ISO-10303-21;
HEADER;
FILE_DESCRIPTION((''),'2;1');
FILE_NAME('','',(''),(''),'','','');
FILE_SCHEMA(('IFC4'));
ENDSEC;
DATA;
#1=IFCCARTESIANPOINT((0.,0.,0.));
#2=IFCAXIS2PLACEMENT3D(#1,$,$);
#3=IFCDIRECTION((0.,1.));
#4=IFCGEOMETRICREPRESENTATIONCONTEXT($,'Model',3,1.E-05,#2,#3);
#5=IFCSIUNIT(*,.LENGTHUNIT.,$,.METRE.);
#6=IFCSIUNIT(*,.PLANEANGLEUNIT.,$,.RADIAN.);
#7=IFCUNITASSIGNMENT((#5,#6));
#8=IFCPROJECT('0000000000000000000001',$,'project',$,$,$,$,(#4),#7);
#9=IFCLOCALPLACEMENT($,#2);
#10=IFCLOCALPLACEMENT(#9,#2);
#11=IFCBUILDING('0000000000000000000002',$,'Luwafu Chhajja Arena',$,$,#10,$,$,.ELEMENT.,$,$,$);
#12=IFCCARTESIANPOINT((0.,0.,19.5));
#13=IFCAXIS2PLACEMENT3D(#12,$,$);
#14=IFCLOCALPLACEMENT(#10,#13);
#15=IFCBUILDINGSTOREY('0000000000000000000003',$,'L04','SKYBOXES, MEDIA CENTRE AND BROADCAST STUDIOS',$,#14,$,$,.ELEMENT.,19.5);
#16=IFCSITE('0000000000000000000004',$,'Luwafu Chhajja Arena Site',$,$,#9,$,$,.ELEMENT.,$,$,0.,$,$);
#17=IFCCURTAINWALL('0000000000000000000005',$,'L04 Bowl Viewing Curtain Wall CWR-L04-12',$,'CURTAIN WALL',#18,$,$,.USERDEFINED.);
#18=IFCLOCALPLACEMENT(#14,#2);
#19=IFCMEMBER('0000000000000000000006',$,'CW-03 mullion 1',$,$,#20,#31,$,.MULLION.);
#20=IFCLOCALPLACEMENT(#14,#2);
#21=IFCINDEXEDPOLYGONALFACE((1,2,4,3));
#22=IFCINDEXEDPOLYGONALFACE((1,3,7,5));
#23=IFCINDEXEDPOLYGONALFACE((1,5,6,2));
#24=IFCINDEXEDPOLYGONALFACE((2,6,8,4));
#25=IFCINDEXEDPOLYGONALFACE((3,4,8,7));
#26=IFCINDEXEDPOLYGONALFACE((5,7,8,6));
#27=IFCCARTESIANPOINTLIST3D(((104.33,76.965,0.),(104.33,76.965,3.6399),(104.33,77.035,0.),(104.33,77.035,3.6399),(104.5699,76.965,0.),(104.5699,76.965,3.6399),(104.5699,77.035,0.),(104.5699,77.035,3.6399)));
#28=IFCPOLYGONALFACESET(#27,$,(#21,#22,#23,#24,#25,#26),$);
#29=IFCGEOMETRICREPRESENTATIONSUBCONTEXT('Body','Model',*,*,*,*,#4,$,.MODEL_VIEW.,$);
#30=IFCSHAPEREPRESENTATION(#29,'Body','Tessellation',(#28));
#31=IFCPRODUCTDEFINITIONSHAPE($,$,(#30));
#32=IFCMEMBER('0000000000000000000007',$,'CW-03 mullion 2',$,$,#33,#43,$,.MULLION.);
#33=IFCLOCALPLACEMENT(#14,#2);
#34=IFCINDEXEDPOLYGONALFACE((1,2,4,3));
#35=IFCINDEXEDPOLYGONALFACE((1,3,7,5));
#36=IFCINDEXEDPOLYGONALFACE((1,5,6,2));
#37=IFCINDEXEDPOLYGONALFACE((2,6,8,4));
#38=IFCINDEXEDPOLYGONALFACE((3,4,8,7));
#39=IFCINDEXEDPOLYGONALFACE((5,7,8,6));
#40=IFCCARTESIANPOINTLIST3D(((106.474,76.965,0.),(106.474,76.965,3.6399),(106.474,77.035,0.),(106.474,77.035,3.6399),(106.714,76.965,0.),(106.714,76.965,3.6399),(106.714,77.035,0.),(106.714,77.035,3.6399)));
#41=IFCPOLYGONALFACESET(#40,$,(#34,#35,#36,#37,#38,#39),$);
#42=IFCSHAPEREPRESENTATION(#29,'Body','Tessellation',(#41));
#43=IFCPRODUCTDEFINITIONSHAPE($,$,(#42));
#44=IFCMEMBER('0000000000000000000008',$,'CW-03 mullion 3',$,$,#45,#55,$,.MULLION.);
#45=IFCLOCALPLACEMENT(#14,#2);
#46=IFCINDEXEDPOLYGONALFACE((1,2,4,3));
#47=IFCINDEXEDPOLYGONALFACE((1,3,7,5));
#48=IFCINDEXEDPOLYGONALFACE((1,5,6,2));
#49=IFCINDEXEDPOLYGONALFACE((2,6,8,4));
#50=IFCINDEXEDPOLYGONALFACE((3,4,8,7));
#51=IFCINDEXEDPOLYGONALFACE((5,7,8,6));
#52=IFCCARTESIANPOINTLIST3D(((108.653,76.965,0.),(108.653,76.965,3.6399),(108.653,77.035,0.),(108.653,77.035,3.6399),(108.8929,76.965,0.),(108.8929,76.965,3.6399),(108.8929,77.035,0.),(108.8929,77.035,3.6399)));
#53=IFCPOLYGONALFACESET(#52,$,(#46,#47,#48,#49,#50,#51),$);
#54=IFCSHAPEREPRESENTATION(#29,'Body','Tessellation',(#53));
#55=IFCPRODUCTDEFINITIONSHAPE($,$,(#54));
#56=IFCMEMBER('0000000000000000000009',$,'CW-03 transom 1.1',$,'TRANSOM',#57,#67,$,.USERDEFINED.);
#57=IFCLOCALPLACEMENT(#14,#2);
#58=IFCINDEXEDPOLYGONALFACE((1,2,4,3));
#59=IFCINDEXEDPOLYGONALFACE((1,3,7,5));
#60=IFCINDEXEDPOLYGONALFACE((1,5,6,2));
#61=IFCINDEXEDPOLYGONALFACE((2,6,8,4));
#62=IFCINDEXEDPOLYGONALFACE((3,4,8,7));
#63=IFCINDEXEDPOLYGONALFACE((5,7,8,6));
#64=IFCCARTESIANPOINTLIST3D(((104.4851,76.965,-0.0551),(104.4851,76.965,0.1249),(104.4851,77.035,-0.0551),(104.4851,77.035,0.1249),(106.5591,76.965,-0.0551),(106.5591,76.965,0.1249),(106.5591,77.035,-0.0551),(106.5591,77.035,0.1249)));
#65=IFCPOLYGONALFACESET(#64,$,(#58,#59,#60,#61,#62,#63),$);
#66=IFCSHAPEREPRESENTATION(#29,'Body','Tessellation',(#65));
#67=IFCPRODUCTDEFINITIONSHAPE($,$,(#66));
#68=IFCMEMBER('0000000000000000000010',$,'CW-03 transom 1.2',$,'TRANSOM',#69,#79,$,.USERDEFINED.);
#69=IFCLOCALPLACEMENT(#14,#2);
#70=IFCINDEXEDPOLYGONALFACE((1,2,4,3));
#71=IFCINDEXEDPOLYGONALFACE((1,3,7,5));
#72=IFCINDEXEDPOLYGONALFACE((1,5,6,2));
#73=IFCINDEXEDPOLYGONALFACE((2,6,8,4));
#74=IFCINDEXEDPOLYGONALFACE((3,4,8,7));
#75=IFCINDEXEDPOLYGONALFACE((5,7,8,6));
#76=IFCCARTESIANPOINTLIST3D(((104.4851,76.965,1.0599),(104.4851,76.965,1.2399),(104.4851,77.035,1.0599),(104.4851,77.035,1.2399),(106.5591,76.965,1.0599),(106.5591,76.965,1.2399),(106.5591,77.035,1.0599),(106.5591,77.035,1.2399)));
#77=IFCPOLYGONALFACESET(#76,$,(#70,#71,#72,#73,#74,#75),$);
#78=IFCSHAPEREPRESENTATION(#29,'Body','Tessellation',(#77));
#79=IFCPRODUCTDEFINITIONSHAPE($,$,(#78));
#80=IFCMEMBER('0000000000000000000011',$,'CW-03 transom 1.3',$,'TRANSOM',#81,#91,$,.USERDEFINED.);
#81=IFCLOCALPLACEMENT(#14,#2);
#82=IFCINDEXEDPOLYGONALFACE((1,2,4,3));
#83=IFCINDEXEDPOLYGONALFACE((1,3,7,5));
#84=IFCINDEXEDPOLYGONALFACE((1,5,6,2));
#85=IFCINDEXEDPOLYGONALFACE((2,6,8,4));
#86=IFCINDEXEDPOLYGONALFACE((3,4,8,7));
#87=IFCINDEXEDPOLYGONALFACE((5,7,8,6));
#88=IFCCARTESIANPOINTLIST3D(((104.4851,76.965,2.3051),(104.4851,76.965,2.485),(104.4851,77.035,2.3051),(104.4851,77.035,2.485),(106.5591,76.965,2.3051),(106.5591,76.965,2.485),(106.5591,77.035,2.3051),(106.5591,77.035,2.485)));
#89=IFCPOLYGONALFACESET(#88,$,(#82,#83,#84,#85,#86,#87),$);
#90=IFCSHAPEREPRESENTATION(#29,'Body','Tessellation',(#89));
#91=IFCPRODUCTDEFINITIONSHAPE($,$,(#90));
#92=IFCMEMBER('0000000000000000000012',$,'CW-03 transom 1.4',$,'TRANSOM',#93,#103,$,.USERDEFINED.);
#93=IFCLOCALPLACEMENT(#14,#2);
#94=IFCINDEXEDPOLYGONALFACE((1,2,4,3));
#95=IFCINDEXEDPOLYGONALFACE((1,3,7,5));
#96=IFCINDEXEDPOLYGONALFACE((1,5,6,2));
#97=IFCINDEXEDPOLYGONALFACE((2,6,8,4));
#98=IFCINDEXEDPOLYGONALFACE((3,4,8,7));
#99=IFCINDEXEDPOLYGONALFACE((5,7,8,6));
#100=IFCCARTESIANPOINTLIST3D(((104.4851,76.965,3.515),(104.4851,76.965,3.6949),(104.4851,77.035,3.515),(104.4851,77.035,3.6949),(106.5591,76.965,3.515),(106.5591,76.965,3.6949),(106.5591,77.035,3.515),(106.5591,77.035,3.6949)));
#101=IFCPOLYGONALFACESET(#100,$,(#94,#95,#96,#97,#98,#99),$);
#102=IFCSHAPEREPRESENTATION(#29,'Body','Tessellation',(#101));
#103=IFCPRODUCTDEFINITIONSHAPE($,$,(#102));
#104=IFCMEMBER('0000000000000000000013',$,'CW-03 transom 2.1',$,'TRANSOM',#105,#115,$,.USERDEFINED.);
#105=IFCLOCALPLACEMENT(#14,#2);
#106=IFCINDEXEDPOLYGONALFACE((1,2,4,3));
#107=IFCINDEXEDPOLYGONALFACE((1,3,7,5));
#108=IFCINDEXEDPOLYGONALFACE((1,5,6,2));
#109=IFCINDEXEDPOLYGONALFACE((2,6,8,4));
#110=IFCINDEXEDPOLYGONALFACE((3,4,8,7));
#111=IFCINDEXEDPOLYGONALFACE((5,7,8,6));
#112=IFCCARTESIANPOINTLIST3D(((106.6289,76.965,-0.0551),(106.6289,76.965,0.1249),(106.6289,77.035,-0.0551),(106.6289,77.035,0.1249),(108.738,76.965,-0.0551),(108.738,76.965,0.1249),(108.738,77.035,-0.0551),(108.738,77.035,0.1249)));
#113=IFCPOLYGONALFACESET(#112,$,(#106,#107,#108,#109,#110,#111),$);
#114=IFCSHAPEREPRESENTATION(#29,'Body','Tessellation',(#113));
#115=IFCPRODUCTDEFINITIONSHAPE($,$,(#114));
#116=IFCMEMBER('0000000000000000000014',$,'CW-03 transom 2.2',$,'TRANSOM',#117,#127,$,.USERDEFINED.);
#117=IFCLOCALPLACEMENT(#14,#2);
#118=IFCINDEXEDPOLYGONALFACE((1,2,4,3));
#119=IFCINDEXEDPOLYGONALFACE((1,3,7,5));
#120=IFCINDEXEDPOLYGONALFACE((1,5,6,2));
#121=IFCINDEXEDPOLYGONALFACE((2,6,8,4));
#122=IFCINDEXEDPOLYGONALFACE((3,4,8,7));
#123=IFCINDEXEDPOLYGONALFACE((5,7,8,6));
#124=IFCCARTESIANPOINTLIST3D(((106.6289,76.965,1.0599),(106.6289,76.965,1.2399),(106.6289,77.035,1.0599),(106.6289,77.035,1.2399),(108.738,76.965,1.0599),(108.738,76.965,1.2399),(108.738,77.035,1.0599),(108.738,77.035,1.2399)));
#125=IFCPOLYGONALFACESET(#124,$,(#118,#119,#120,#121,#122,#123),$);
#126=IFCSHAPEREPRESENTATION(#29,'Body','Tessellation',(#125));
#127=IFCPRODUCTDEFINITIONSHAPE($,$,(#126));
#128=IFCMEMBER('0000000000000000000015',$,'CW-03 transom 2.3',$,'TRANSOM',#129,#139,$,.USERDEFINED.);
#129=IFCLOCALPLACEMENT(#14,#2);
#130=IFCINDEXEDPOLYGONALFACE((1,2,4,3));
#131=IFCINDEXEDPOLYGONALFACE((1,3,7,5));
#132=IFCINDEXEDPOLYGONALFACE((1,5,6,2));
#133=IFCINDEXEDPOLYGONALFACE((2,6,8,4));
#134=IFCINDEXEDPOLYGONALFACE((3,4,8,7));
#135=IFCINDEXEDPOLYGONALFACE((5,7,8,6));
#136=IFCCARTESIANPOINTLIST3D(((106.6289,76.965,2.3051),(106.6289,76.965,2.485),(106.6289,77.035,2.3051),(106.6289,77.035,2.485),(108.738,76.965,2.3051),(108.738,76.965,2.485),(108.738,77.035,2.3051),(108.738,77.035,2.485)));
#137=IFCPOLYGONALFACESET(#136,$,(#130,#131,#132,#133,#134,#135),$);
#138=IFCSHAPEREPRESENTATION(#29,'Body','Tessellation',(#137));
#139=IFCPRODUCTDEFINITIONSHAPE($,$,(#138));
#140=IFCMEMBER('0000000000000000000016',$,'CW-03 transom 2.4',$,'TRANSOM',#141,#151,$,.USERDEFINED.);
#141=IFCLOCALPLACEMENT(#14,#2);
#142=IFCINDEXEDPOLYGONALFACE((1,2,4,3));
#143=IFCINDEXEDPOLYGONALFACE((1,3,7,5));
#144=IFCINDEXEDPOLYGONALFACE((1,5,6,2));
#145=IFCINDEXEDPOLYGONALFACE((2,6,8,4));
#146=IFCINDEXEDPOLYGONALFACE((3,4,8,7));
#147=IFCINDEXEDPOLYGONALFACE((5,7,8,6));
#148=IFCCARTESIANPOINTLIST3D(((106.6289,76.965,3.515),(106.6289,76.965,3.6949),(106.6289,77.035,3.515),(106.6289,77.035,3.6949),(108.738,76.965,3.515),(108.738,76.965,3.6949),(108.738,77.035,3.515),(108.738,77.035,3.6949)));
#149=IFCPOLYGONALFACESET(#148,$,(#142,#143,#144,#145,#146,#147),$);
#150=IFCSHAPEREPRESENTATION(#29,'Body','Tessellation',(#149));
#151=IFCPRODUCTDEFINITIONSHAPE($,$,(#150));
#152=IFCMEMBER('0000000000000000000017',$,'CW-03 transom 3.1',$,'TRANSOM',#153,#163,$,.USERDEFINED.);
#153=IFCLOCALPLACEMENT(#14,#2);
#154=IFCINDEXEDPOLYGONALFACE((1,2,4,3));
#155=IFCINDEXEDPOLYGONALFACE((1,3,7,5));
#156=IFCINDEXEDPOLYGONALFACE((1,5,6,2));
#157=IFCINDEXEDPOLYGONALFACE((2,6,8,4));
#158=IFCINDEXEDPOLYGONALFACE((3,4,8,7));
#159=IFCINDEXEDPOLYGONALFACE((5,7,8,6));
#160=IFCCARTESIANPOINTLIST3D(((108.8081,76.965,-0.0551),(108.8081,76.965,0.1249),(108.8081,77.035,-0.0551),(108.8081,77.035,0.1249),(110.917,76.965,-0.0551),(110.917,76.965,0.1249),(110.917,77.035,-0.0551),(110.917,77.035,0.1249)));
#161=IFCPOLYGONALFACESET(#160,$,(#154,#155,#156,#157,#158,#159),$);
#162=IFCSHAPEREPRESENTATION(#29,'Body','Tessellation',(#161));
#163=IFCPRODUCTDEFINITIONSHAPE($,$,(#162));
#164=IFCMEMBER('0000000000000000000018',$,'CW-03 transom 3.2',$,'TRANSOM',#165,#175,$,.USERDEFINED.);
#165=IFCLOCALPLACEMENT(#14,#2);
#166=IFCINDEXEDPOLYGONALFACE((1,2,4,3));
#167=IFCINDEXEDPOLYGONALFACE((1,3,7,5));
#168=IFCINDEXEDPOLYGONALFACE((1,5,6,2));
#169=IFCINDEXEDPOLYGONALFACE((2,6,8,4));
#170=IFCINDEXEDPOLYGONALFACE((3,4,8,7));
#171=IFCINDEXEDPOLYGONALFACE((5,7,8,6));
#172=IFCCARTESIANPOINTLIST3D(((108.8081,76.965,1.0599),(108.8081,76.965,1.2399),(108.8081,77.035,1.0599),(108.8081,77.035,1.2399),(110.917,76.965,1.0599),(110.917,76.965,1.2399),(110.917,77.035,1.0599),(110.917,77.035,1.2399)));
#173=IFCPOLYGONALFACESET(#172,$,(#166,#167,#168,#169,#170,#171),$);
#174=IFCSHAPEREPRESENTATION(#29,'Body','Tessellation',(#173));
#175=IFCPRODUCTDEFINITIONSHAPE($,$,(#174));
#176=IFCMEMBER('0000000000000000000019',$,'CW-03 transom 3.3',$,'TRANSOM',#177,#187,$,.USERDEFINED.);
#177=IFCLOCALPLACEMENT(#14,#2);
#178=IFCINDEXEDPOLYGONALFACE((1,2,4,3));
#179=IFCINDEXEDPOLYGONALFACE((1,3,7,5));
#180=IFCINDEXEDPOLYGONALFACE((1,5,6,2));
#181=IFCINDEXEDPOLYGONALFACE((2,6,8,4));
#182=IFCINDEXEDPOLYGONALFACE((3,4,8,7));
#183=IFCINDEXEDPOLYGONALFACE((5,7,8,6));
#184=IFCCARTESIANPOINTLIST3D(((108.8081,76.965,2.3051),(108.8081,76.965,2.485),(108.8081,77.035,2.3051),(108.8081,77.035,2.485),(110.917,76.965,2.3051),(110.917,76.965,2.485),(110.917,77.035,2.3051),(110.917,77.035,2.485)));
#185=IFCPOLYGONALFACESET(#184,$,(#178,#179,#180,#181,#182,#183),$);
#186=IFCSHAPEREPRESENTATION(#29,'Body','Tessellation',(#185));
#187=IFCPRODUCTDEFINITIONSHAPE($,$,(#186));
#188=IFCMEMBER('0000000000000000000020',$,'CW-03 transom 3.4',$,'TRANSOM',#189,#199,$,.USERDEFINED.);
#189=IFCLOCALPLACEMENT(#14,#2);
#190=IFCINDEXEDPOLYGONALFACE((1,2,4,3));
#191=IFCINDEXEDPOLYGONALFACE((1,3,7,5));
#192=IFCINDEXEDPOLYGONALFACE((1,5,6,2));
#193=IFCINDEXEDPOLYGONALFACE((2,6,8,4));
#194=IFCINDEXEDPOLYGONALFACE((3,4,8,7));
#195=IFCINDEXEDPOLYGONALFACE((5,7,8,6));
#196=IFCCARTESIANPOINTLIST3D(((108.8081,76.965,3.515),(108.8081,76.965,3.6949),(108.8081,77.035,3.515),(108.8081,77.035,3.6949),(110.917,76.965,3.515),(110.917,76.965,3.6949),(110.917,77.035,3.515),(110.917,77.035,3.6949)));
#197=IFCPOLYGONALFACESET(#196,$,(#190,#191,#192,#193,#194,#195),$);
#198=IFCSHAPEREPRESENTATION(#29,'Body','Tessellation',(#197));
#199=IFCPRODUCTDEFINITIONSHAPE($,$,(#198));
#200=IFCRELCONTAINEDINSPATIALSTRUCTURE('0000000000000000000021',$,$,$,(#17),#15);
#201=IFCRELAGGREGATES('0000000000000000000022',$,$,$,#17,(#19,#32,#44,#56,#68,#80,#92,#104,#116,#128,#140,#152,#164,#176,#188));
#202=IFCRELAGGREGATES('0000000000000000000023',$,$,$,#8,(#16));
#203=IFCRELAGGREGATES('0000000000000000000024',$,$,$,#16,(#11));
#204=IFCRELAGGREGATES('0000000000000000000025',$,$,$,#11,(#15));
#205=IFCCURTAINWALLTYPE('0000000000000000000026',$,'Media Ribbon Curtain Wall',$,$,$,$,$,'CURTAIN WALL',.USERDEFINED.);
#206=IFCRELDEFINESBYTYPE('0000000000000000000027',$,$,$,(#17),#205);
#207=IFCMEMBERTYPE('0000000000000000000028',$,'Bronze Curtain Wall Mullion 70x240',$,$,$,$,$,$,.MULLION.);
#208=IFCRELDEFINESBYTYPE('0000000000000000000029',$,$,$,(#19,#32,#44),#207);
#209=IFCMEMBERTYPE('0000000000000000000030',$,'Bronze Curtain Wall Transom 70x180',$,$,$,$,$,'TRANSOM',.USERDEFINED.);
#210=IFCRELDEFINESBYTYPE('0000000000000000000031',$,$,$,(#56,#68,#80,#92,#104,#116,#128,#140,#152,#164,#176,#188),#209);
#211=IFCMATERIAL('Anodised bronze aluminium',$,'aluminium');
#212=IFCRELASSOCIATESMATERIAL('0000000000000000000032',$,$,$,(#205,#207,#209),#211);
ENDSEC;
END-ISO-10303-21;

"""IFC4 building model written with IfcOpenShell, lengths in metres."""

from ifc_helpers import new_model, si_unit, direction, frame, origin, origin_2d, place, context, subcontext, project, spatial, rectangle, extrude, material, material_profile, profile_set, type_object, element, aggregate, save


model = new_model("IFC4")

# Units and contexts
model_context = context("Model", 3, precision=1e-05, world=origin(), true_north=direction((0.0, 1.0)))
body_context = subcontext(model_context, "Body", "Model", "MODEL_VIEW")
ifc_project = project(units=[si_unit("LENGTHUNIT", "METRE"), si_unit("PLANEANGLEUNIT", "RADIAN")], contexts=[model_context])

# Site, building, storey
site_placement = place(None, origin())
site = spatial("IfcSite", under=ifc_project, at=site_placement, Name="Luwafu Chhajja Arena Site", CompositionType="ELEMENT", RefElevation=0.0)
building_placement = place(site_placement, origin())
building = spatial("IfcBuilding", under=site, at=building_placement, Name="Luwafu Chhajja Arena", CompositionType="ELEMENT")
storey_placement = place(building_placement, frame((0.0, 0.0, 19.5)))
storey = spatial("IfcBuildingStorey", under=building, at=storey_placement, Name="L04", Description="SKYBOXES, MEDIA CENTRE AND BROADCAST STUDIOS", CompositionType="ELEMENT", Elevation=19.5)

# Curtain wall, members
ifc_material_1 = material(Name="Anodised bronze aluminium", Category="aluminium")
curtain_wall_type = type_object("IfcCurtainWallType", Name="Media Ribbon Curtain Wall", ElementType="CURTAIN WALL", PredefinedType="USERDEFINED", material=ifc_material_1)
curtain_wall_placement = place(storey_placement, origin())
curtain_wall = element("IfcCurtainWall", 1, at=curtain_wall_placement, inside=storey, type_object=curtain_wall_type, Name="L04 Bowl Viewing Curtain Wall CWR-L04-12", ObjectType="CURTAIN WALL", PredefinedType="USERDEFINED")
ifc_material_profile_1 = material_profile(ifc_material_1, rectangle(XDim=0.0701, YDim=0.24, at=origin_2d()), Name="CWM 70x240")
ifc_profile_set_1 = profile_set([ifc_material_profile_1], Name="Anodised bronze aluminium")
member_type_1 = type_object("IfcMemberType", Name="Bronze Curtain Wall Mullion 70x240", PredefinedType="MULLION", material=ifc_profile_set_1)
member_1_placement = place(storey_placement, frame((104.45, 77.0, 0.0), z_axis=(0.0, 0.0, 1.0), x_axis=(0.0, 1.0, 0.0)))
member_1 = element("IfcMember", 2, at=member_1_placement, type_object=member_type_1, Name="CW-03 mullion 1", PredefinedType="MULLION", context=body_context, shape_type="SweptSolid", body=[
    extrude(rectangle(XDim=0.0701, YDim=0.24, at=origin_2d()), origin(), (0.0, 0.0, 1.0), 3.6399),
])
member_2_placement = place(storey_placement, frame((106.594, 77.0, 0.0), z_axis=(0.0, 0.0, 1.0), x_axis=(0.0, 1.0, 0.0)))
member_2 = element("IfcMember", 3, at=member_2_placement, type_object=member_type_1, Name="CW-03 mullion 2", PredefinedType="MULLION", context=body_context, shape_type="SweptSolid", body=[
    extrude(rectangle(XDim=0.0701, YDim=0.24, at=origin_2d()), origin(), (0.0, 0.0, 1.0), 3.6399),
])
member_3_placement = place(storey_placement, frame((108.7729, 77.0, 0.0), z_axis=(0.0, 0.0, 1.0), x_axis=(0.0, 1.0, 0.0)))
member_3 = element("IfcMember", 4, at=member_3_placement, type_object=member_type_1, Name="CW-03 mullion 3", PredefinedType="MULLION", context=body_context, shape_type="SweptSolid", body=[
    extrude(rectangle(XDim=0.0701, YDim=0.24, at=origin_2d()), origin(), (0.0, 0.0, 1.0), 3.6399),
])
ifc_material_profile_2 = material_profile(ifc_material_1, rectangle(XDim=0.0701, YDim=0.1799, at=origin_2d()), Name="CWT 70x180")
ifc_profile_set_2 = profile_set([ifc_material_profile_2], Name="Anodised bronze aluminium")
member_type_2 = type_object("IfcMemberType", Name="Bronze Curtain Wall Transom 70x180", ElementType="TRANSOM", PredefinedType="USERDEFINED", material=ifc_profile_set_2)
member_4_placement = place(storey_placement, frame((104.4851, 77.0, 0.0349), z_axis=(1.0, 0.0, 0.0), x_axis=(0.0, 1.0, 0.0)))
member_4 = element("IfcMember", 5, at=member_4_placement, type_object=member_type_2, Name="CW-03 transom 1.1", ObjectType="TRANSOM", PredefinedType="USERDEFINED", context=body_context, shape_type="SweptSolid", body=[
    extrude(rectangle(XDim=0.0701, YDim=0.1799, at=origin_2d()), origin(), (0.0, 0.0, 1.0), 2.074),
])
member_5_placement = place(storey_placement, frame((104.4851, 77.0, 1.1499), z_axis=(1.0, 0.0, 0.0), x_axis=(0.0, 1.0, 0.0)))
member_5 = element("IfcMember", 6, at=member_5_placement, type_object=member_type_2, Name="CW-03 transom 1.2", ObjectType="TRANSOM", PredefinedType="USERDEFINED", context=body_context, shape_type="SweptSolid", body=[
    extrude(rectangle(XDim=0.0701, YDim=0.1799, at=origin_2d()), origin(), (0.0, 0.0, 1.0), 2.074),
])
member_6_placement = place(storey_placement, frame((104.4851, 77.0, 2.395), z_axis=(1.0, 0.0, 0.0), x_axis=(0.0, 1.0, 0.0)))
member_6 = element("IfcMember", 7, at=member_6_placement, type_object=member_type_2, Name="CW-03 transom 1.3", ObjectType="TRANSOM", PredefinedType="USERDEFINED", context=body_context, shape_type="SweptSolid", body=[
    extrude(rectangle(XDim=0.0701, YDim=0.1799, at=origin_2d()), origin(), (0.0, 0.0, 1.0), 2.074),
])
member_7_placement = place(storey_placement, frame((104.4851, 77.0, 3.605), z_axis=(1.0, 0.0, 0.0), x_axis=(0.0, 1.0, 0.0)))
member_7 = element("IfcMember", 8, at=member_7_placement, type_object=member_type_2, Name="CW-03 transom 1.4", ObjectType="TRANSOM", PredefinedType="USERDEFINED", context=body_context, shape_type="SweptSolid", body=[
    extrude(rectangle(XDim=0.0701, YDim=0.1799, at=origin_2d()), origin(), (0.0, 0.0, 1.0), 2.074),
])
member_8_placement = place(storey_placement, frame((106.6289, 77.0, 0.0349), z_axis=(1.0, 0.0, 0.0), x_axis=(0.0, 1.0, 0.0)))
member_8 = element("IfcMember", 9, at=member_8_placement, type_object=member_type_2, Name="CW-03 transom 2.1", ObjectType="TRANSOM", PredefinedType="USERDEFINED", context=body_context, shape_type="SweptSolid", body=[
    extrude(rectangle(XDim=0.0701, YDim=0.1799, at=origin_2d()), origin(), (0.0, 0.0, 1.0), 2.1091),
])
member_9_placement = place(storey_placement, frame((106.6289, 77.0, 1.1499), z_axis=(1.0, 0.0, 0.0), x_axis=(0.0, 1.0, 0.0)))
member_9 = element("IfcMember", 10, at=member_9_placement, type_object=member_type_2, Name="CW-03 transom 2.2", ObjectType="TRANSOM", PredefinedType="USERDEFINED", context=body_context, shape_type="SweptSolid", body=[
    extrude(rectangle(XDim=0.0701, YDim=0.1799, at=origin_2d()), origin(), (0.0, 0.0, 1.0), 2.1091),
])
member_10_placement = place(storey_placement, frame((106.6289, 77.0, 2.395), z_axis=(1.0, 0.0, 0.0), x_axis=(0.0, 1.0, 0.0)))
member_10 = element("IfcMember", 11, at=member_10_placement, type_object=member_type_2, Name="CW-03 transom 2.3", ObjectType="TRANSOM", PredefinedType="USERDEFINED", context=body_context, shape_type="SweptSolid", body=[
    extrude(rectangle(XDim=0.0701, YDim=0.1799, at=origin_2d()), origin(), (0.0, 0.0, 1.0), 2.1091),
])
member_11_placement = place(storey_placement, frame((106.6289, 77.0, 3.605), z_axis=(1.0, 0.0, 0.0), x_axis=(0.0, 1.0, 0.0)))
member_11 = element("IfcMember", 12, at=member_11_placement, type_object=member_type_2, Name="CW-03 transom 2.4", ObjectType="TRANSOM", PredefinedType="USERDEFINED", context=body_context, shape_type="SweptSolid", body=[
    extrude(rectangle(XDim=0.0701, YDim=0.1799, at=origin_2d()), origin(), (0.0, 0.0, 1.0), 2.1091),
])
member_12_placement = place(storey_placement, frame((108.8081, 77.0, 0.0349), z_axis=(1.0, 0.0, 0.0), x_axis=(0.0, 1.0, 0.0)))
member_12 = element("IfcMember", 13, at=member_12_placement, type_object=member_type_2, Name="CW-03 transom 3.1", ObjectType="TRANSOM", PredefinedType="USERDEFINED", context=body_context, shape_type="SweptSolid", body=[
    extrude(rectangle(XDim=0.0701, YDim=0.1799, at=origin_2d()), origin(), (0.0, 0.0, 1.0), 2.1089),
])
member_13_placement = place(storey_placement, frame((108.8081, 77.0, 1.1499), z_axis=(1.0, 0.0, 0.0), x_axis=(0.0, 1.0, 0.0)))
member_13 = element("IfcMember", 14, at=member_13_placement, type_object=member_type_2, Name="CW-03 transom 3.2", ObjectType="TRANSOM", PredefinedType="USERDEFINED", context=body_context, shape_type="SweptSolid", body=[
    extrude(rectangle(XDim=0.0701, YDim=0.1799, at=origin_2d()), origin(), (0.0, 0.0, 1.0), 2.1089),
])
member_14_placement = place(storey_placement, frame((108.8081, 77.0, 2.395), z_axis=(1.0, 0.0, 0.0), x_axis=(0.0, 1.0, 0.0)))
member_14 = element("IfcMember", 15, at=member_14_placement, type_object=member_type_2, Name="CW-03 transom 3.3", ObjectType="TRANSOM", PredefinedType="USERDEFINED", context=body_context, shape_type="SweptSolid", body=[
    extrude(rectangle(XDim=0.0701, YDim=0.1799, at=origin_2d()), origin(), (0.0, 0.0, 1.0), 2.1089),
])
member_15_placement = place(storey_placement, frame((108.8081, 77.0, 3.605), z_axis=(1.0, 0.0, 0.0), x_axis=(0.0, 1.0, 0.0)))
member_15 = element("IfcMember", 16, at=member_15_placement, type_object=member_type_2, Name="CW-03 transom 3.4", ObjectType="TRANSOM", PredefinedType="USERDEFINED", context=body_context, shape_type="SweptSolid", body=[
    extrude(rectangle(XDim=0.0701, YDim=0.1799, at=origin_2d()), origin(), (0.0, 0.0, 1.0), 2.1089),
])

aggregate(curtain_wall, [member_1, member_2, member_3, member_4, member_5, member_6, member_7, member_8, member_9, member_10, member_11, member_12, member_13, member_14, member_15])

save(model, "model.ifc")
